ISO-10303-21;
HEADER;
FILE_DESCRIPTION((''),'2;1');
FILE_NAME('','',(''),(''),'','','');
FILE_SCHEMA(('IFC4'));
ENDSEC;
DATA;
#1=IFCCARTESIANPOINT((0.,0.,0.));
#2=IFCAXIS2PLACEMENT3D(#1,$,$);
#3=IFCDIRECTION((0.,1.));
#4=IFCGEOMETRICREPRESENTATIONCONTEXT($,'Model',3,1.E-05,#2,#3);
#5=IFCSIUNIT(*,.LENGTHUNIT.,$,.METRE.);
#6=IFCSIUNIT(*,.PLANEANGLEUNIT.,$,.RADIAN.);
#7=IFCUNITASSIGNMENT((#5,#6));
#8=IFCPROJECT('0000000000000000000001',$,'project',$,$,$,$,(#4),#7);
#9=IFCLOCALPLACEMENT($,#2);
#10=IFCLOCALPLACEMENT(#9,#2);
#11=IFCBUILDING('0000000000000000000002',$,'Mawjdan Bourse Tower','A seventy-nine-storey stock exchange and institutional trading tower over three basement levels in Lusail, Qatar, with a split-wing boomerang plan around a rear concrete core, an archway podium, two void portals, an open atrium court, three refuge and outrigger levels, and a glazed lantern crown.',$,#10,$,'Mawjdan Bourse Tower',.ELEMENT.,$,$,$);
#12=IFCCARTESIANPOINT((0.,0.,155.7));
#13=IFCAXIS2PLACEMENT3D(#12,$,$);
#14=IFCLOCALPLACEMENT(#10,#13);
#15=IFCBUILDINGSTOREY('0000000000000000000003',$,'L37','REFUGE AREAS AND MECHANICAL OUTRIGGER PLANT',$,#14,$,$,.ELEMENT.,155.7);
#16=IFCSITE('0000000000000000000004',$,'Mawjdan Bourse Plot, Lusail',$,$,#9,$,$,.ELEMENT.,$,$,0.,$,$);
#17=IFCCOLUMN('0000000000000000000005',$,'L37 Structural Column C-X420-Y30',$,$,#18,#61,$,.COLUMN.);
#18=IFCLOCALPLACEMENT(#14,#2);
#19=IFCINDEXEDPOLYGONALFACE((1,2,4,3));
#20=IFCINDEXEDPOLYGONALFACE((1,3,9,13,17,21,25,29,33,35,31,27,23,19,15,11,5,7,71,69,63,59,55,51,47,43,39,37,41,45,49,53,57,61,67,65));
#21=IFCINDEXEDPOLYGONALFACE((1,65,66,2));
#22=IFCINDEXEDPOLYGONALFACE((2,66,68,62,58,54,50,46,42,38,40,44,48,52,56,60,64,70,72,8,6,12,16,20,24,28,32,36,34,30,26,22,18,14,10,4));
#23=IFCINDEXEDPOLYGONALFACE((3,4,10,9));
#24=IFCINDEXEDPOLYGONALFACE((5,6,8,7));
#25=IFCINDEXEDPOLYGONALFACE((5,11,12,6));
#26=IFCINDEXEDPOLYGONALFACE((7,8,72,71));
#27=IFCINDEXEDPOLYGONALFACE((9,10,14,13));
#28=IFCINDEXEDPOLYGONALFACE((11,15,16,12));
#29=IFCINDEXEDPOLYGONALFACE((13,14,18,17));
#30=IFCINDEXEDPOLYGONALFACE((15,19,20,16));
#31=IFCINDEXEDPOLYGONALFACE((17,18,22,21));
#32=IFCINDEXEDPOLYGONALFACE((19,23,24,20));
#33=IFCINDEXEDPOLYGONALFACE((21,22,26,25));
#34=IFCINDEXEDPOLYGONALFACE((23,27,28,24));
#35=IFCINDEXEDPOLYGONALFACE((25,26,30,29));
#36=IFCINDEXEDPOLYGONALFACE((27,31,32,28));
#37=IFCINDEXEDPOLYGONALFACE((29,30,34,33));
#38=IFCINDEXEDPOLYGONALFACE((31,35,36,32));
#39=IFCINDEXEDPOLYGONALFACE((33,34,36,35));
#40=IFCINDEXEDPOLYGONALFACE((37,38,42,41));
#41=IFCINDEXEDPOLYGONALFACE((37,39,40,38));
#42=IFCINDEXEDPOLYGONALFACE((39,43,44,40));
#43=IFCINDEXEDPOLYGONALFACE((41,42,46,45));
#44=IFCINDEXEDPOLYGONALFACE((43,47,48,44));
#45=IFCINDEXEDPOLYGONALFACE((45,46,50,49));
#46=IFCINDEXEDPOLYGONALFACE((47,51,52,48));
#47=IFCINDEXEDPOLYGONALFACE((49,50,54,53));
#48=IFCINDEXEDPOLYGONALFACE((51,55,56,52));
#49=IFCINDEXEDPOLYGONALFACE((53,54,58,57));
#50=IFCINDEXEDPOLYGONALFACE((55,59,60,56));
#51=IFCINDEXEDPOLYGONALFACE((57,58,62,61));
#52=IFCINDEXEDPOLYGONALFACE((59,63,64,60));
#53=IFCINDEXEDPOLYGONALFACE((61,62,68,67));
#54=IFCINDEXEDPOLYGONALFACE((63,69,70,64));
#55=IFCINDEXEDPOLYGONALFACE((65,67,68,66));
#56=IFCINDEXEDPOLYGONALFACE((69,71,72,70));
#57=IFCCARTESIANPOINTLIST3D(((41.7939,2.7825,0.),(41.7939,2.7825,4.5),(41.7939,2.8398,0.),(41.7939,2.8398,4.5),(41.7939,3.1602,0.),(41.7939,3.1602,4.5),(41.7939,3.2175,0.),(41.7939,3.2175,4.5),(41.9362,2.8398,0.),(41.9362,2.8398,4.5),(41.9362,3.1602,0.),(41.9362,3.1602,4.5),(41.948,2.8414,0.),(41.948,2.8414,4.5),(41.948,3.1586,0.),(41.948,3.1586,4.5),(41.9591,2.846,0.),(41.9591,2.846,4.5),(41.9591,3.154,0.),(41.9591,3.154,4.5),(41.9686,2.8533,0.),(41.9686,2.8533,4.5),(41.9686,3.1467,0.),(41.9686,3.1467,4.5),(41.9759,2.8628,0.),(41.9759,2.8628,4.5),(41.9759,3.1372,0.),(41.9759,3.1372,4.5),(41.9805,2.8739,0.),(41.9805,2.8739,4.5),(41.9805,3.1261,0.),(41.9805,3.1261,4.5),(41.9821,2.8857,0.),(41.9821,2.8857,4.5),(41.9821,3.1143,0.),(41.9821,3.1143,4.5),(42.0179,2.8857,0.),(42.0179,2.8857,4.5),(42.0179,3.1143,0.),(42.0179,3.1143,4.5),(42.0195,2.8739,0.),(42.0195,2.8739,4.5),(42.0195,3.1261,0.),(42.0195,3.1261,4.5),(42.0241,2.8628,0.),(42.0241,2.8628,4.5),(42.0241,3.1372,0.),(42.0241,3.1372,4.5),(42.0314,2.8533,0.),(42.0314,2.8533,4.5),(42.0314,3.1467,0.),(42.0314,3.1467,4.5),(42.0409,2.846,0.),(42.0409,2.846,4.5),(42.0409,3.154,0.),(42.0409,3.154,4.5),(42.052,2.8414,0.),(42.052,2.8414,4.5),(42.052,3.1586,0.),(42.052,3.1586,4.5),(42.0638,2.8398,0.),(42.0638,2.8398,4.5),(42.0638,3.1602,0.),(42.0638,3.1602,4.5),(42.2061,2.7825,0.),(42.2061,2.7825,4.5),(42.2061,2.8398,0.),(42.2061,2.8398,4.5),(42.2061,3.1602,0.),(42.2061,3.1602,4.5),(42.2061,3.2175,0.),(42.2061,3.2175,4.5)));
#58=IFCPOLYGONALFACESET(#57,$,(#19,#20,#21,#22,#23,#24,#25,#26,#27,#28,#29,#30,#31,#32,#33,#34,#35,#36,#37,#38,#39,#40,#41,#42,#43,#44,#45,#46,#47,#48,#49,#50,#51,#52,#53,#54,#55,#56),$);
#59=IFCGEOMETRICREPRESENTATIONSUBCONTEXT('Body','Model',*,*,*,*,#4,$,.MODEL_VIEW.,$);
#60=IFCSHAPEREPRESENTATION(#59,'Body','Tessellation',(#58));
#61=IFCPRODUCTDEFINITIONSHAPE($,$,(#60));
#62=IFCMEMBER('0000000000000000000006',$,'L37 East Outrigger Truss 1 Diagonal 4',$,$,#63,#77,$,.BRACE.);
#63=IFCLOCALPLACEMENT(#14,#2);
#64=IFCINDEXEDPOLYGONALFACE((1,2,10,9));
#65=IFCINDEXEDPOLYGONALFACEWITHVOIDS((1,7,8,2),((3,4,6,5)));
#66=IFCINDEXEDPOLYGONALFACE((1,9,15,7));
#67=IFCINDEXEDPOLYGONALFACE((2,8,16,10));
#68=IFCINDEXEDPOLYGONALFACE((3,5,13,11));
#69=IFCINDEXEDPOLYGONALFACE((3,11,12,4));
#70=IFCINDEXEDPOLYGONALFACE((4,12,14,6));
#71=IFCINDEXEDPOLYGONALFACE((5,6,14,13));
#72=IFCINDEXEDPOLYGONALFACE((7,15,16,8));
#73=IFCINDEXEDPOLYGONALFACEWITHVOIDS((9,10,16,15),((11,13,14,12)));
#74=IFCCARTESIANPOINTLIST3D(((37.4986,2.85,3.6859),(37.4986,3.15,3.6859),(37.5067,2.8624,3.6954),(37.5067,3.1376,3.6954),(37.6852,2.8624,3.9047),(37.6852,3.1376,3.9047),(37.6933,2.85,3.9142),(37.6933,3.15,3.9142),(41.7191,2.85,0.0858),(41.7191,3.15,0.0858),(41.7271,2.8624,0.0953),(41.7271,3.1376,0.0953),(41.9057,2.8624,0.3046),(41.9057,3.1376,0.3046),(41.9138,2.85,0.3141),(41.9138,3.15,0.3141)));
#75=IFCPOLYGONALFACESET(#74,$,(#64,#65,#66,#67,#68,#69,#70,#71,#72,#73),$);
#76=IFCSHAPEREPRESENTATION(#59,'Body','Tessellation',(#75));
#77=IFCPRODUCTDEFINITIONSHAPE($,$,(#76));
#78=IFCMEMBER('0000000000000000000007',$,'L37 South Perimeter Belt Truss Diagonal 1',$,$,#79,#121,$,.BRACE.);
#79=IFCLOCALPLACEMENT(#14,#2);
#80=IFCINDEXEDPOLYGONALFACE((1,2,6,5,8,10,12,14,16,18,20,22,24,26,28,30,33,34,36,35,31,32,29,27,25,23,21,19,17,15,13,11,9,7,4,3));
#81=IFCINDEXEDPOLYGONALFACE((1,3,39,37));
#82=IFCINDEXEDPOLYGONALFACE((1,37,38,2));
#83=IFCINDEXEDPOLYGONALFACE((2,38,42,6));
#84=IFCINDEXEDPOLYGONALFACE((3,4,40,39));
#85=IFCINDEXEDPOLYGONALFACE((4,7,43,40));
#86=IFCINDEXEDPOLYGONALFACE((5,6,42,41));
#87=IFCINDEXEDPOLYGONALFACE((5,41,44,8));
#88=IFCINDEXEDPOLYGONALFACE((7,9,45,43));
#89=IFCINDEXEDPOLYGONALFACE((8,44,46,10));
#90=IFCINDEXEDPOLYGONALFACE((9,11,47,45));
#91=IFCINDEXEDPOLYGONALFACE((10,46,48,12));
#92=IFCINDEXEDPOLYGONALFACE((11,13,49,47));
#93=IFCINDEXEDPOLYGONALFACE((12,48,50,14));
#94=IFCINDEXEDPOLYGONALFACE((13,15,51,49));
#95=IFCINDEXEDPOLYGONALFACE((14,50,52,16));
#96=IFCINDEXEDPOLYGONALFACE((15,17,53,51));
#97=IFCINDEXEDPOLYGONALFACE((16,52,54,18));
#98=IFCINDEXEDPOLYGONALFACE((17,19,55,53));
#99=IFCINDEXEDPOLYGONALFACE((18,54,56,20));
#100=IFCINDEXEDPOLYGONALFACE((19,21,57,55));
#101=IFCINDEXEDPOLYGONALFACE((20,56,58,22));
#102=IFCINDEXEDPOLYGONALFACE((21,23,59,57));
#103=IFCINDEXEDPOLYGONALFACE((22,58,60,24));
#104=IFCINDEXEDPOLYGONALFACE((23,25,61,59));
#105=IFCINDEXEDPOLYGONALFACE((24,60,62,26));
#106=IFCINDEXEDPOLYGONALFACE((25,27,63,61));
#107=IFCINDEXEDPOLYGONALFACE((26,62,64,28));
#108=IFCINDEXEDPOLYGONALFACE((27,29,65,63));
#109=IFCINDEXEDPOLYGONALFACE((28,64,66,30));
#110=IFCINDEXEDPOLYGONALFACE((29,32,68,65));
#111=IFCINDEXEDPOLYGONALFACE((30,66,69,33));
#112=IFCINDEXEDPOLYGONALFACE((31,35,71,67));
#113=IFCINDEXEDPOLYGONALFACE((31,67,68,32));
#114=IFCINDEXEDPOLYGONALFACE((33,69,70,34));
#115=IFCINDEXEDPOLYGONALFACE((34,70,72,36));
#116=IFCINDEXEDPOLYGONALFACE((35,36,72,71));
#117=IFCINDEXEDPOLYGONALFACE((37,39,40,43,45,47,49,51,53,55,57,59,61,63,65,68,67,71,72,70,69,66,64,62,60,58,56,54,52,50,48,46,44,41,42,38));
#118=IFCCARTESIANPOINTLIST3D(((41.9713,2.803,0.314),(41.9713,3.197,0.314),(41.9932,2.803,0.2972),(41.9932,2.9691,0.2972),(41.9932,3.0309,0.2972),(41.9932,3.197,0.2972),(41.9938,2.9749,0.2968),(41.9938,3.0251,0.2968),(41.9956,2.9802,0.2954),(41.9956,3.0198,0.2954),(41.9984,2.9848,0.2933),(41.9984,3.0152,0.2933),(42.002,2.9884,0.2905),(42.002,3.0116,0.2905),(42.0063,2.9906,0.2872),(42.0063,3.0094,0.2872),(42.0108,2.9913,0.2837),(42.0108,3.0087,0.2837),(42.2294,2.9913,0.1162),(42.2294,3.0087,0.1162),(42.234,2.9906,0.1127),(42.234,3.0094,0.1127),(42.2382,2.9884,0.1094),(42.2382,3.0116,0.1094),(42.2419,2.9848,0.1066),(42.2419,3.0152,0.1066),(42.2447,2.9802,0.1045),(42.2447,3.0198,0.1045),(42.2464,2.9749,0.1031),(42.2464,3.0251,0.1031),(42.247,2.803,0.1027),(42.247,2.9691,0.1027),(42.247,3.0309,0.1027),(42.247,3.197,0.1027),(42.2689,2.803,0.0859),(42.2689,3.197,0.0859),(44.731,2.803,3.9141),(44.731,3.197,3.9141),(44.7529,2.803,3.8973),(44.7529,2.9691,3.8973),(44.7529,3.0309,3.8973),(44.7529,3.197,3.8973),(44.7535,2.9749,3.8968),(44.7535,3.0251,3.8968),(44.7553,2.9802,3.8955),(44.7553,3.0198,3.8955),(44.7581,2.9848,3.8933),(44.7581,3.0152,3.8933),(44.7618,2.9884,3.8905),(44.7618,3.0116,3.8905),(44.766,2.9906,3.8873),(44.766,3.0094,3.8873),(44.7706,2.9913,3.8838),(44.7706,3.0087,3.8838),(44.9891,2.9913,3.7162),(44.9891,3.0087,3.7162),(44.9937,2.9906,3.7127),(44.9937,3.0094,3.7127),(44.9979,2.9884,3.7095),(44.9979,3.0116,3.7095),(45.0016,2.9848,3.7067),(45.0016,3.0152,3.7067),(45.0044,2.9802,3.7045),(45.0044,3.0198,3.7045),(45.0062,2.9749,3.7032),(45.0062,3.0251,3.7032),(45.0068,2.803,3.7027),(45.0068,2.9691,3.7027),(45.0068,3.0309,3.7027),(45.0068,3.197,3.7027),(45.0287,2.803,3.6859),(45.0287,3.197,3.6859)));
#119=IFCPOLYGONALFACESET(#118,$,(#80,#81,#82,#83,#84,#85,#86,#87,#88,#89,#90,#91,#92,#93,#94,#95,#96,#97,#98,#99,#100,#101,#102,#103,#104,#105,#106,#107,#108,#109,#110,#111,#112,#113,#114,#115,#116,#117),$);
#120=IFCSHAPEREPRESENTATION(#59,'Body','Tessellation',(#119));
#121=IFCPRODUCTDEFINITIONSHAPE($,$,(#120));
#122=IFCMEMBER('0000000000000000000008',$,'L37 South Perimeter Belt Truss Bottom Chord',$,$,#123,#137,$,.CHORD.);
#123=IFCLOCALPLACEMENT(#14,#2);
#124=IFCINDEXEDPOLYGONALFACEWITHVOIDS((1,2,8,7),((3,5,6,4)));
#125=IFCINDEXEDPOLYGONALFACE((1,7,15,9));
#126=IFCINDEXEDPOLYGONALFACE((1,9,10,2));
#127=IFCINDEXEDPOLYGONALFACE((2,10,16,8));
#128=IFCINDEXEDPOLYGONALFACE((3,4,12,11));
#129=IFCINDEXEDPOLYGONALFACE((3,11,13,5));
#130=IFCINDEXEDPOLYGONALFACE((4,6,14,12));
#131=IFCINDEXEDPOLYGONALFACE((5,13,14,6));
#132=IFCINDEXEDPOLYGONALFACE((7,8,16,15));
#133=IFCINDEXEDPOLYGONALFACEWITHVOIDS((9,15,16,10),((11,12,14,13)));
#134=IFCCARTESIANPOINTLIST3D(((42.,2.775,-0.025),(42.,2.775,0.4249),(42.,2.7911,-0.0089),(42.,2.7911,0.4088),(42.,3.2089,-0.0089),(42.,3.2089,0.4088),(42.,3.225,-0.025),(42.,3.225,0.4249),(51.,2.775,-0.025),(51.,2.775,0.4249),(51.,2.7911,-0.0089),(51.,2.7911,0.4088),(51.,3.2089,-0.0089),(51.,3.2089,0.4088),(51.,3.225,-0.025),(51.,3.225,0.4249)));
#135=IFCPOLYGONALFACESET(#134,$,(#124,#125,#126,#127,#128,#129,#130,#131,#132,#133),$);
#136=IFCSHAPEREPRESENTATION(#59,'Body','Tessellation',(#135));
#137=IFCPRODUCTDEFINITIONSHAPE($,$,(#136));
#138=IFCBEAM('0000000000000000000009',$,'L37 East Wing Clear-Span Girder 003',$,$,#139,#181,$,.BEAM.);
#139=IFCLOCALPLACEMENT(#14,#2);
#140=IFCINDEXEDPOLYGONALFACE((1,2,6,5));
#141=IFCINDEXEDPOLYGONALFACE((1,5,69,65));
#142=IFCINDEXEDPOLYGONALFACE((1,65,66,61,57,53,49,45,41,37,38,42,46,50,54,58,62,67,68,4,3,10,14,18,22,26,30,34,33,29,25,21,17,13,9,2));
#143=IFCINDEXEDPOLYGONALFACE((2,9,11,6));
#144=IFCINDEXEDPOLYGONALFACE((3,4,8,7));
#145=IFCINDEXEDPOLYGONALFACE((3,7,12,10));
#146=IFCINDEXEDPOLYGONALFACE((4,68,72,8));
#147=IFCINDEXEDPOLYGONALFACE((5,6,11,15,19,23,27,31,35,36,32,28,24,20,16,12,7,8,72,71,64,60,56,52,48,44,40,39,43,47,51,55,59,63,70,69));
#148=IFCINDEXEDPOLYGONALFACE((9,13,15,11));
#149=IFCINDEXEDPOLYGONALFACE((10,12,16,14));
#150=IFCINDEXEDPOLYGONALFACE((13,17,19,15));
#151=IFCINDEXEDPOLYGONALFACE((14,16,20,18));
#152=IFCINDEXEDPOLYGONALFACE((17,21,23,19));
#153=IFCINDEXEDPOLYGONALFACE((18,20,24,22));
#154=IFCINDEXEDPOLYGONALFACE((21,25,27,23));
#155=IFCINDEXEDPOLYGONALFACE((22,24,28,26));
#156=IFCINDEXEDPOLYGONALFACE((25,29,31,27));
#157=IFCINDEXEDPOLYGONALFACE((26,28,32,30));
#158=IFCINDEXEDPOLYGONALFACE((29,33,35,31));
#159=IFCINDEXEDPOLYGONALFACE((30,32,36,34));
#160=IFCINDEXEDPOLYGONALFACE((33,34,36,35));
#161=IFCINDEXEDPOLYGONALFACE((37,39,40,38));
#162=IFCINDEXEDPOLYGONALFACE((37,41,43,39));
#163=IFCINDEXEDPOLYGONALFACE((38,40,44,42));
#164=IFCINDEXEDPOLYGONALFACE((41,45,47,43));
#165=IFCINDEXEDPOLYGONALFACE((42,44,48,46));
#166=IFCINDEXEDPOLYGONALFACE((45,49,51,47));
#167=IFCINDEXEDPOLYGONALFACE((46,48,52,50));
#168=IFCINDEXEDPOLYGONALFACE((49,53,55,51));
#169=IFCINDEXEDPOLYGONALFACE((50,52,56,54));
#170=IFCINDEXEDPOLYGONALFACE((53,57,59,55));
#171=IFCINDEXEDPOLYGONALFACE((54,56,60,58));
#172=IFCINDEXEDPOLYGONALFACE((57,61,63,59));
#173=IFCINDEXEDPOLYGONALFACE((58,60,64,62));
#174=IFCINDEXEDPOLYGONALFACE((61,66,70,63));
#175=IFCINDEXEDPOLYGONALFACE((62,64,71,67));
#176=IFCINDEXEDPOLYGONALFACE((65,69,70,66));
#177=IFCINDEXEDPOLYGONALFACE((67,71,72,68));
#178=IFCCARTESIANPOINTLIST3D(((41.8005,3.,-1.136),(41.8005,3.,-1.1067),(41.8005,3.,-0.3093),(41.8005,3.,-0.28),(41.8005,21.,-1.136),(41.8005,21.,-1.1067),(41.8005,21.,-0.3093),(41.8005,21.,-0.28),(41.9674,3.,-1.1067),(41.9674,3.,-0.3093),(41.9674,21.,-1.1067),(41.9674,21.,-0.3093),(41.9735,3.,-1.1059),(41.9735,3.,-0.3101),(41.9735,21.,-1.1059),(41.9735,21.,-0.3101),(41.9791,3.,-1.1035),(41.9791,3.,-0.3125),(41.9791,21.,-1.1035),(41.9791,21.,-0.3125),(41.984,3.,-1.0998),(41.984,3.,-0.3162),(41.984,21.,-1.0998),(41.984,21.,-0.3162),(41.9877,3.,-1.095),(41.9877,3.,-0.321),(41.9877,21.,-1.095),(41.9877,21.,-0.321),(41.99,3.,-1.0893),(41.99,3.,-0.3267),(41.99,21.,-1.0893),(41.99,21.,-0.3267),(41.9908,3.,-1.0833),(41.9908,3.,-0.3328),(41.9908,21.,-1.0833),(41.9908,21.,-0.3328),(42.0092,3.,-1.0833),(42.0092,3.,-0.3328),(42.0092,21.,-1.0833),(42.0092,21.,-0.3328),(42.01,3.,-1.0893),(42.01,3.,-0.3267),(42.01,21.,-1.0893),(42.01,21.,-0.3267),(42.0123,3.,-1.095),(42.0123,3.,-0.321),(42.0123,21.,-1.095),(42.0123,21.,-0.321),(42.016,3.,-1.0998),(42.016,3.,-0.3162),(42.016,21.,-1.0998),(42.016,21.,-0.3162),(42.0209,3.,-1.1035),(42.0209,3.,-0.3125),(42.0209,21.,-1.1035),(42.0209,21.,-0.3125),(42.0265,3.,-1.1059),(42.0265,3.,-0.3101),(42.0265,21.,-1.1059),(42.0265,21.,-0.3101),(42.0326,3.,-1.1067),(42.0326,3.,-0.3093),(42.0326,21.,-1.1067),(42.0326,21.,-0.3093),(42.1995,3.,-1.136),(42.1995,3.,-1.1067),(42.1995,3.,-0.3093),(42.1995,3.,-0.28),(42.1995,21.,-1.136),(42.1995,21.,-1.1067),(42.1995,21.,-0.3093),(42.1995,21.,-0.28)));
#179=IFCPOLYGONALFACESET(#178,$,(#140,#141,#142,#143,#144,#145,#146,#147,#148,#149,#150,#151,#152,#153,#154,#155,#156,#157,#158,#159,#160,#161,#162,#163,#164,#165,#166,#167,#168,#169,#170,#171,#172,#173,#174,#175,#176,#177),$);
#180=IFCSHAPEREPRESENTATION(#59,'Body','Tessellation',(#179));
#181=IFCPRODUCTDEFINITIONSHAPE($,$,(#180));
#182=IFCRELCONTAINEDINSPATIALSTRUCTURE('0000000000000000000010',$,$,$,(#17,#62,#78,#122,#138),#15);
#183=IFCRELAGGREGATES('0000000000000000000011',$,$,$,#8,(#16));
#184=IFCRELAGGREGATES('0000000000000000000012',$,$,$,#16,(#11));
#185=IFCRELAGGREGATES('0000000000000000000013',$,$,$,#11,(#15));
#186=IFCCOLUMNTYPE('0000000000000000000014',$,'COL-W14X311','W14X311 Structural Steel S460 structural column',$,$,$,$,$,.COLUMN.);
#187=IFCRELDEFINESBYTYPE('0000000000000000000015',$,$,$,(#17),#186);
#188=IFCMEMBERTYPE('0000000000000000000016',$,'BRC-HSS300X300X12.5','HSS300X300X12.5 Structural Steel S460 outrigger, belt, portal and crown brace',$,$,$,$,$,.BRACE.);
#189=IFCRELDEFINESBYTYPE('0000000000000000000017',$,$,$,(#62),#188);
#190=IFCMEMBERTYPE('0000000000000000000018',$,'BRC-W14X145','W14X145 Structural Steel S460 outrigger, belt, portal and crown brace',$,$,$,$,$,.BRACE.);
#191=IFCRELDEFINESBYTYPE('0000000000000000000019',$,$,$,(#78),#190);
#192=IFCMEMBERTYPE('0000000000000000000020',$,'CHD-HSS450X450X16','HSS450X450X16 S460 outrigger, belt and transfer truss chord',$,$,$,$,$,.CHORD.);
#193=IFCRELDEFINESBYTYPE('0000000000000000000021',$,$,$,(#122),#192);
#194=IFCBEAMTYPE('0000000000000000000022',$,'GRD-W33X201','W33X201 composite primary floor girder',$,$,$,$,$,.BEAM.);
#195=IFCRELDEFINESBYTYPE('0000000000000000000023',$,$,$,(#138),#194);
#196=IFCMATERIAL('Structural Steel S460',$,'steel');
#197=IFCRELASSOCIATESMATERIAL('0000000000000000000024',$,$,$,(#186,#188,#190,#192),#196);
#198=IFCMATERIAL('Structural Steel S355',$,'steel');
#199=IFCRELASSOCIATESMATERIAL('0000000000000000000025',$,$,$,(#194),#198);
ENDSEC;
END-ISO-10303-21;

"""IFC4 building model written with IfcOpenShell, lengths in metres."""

from ifc_helpers import new_model, si_unit, direction, frame, origin, origin_2d, place, context, subcontext, project, spatial, hollow_rectangle, i_section, extrude, material, material_profile, profile_set, type_object, element, save


model = new_model("IFC4")

# Units and contexts
model_context = context("Model", 3, precision=1e-05, world=origin(), true_north=direction((0.0, 1.0)))
body_context = subcontext(model_context, "Body", "Model", "MODEL_VIEW")
ifc_project = project(units=[si_unit("LENGTHUNIT", "METRE"), si_unit("PLANEANGLEUNIT", "RADIAN")], contexts=[model_context])

# Site, building, storey
site_placement = place(None, origin())
site = spatial("IfcSite", under=ifc_project, at=site_placement, Name="Mawjdan Bourse Plot, Lusail", CompositionType="ELEMENT", RefElevation=0.0)
building_placement = place(site_placement, origin())
building = spatial("IfcBuilding", under=site, at=building_placement, Name="Mawjdan Bourse Tower", Description="A seventy-nine-storey stock exchange and institutional trading tower over three basement levels in Lusail, Qatar, with a split-wing boomerang plan around a rear concrete core, an archway podium, two void portals, an open atrium court, three refuge and outrigger levels, and a glazed lantern crown.", LongName="Mawjdan Bourse Tower", CompositionType="ELEMENT")
storey_placement = place(building_placement, frame((0.0, 0.0, 155.7)))
storey = spatial("IfcBuildingStorey", under=building, at=storey_placement, Name="L37", Description="REFUGE AREAS AND MECHANICAL OUTRIGGER PLANT", CompositionType="ELEMENT", Elevation=155.7)

# Column
ifc_material_1 = material(Name="Structural Steel S460", Category="steel")
ifc_material_profile_1 = material_profile(ifc_material_1, i_section(OverallWidth=0.4121, OverallDepth=0.4351, WebThickness=0.0359, FlangeThickness=0.0574, FilletRadius=0.0459, at=origin_2d()), Name="W14X311")
ifc_profile_set_1 = profile_set([ifc_material_profile_1], Name="Structural Steel S460")
column_type = type_object("IfcColumnType", Name="COL-W14X311", Description="W14X311 Structural Steel S460 structural column", PredefinedType="COLUMN", material=ifc_profile_set_1)
column_placement = place(storey_placement, frame((42.0, 3.0, 0.0), z_axis=(0.0, 0.0, 1.0), x_axis=(1.0, 0.0, 0.0)))
element("IfcColumn", 1, at=column_placement, inside=storey, type_object=column_type, Name="L37 Structural Column C-X420-Y30", PredefinedType="COLUMN", context=body_context, shape_type="SweptSolid", body=[
    extrude(i_section(OverallWidth=0.4121, OverallDepth=0.4351, WebThickness=0.0359, FlangeThickness=0.0574, FilletRadius=0.0459, at=origin_2d()), origin(), (0.0, 0.0, 1.0), 4.5),
])

# Members
ifc_material_profile_2 = material_profile(ifc_material_1, hollow_rectangle(XDim=0.3, YDim=0.3, WallThickness=0.0125, at=origin_2d()), Name="HSS300X300X12.5")
ifc_profile_set_2 = profile_set([ifc_material_profile_2], Name="Structural Steel S460")
member_type_1 = type_object("IfcMemberType", Name="BRC-HSS300X300X12.5", Description="HSS300X300X12.5 Structural Steel S460 outrigger, belt, portal and crown brace", PredefinedType="BRACE", material=ifc_profile_set_2)
member_1_placement = place(storey_placement, frame((37.5959, 3.0, 3.8), z_axis=(0.760808, 0.0, -0.648977), x_axis=(0.0, 1.0, 0.0)))
element("IfcMember", 2, at=member_1_placement, inside=storey, type_object=member_type_1, Name="L37 East Outrigger Truss 1 Diagonal 4", PredefinedType="BRACE", context=body_context, shape_type="SweptSolid", body=[
    extrude(hollow_rectangle(XDim=0.3, YDim=0.3, WallThickness=0.0125, at=origin_2d()), origin(), (0.0, 0.0, 1.0), 5.5474),
])
ifc_material_profile_3 = material_profile(ifc_material_1, i_section(OverallWidth=0.394, OverallDepth=0.375, WebThickness=0.0173, FlangeThickness=0.0276, FilletRadius=0.0222, at=origin_2d()), Name="W14X145")
ifc_profile_set_3 = profile_set([ifc_material_profile_3], Name="Structural Steel S460")
member_type_2 = type_object("IfcMemberType", Name="BRC-W14X145", Description="W14X145 Structural Steel S460 outrigger, belt, portal and crown brace", PredefinedType="BRACE", material=ifc_profile_set_3)
member_2_placement = place(storey_placement, frame((42.1201, 3.0, 0.2), z_axis=(0.608389, 0.0, 0.793639), x_axis=(0.0, 1.0, 0.0)))
element("IfcMember", 3, at=member_2_placement, inside=storey, type_object=member_type_2, Name="L37 South Perimeter Belt Truss Diagonal 1", PredefinedType="BRACE", context=body_context, shape_type="SweptSolid", body=[
    extrude(i_section(OverallWidth=0.394, OverallDepth=0.375, WebThickness=0.0173, FlangeThickness=0.0276, FilletRadius=0.0222, at=origin_2d()), origin(), (0.0, 0.0, 1.0), 4.5361),
])
ifc_material_profile_4 = material_profile(ifc_material_1, hollow_rectangle(XDim=0.45, YDim=0.45, WallThickness=0.0161, at=origin_2d()), Name="HSS450X450X16")
ifc_profile_set_4 = profile_set([ifc_material_profile_4], Name="Structural Steel S460")
member_type_3 = type_object("IfcMemberType", Name="CHD-HSS450X450X16", Description="HSS450X450X16 S460 outrigger, belt and transfer truss chord", PredefinedType="CHORD", material=ifc_profile_set_4)
member_3_placement = place(storey_placement, frame((42.0, 3.0, 0.2), z_axis=(1.0, 0.0, 0.0), x_axis=(0.0, 1.0, 0.0)))
element("IfcMember", 4, at=member_3_placement, inside=storey, type_object=member_type_3, Name="L37 South Perimeter Belt Truss Bottom Chord", PredefinedType="CHORD", context=body_context, shape_type="SweptSolid", body=[
    extrude(hollow_rectangle(XDim=0.45, YDim=0.45, WallThickness=0.0161, at=origin_2d()), origin(), (0.0, 0.0, 1.0), 9.0),
])

# Beam
ifc_material_2 = material(Name="Structural Steel S355", Category="steel")
ifc_material_profile_5 = material_profile(ifc_material_2, i_section(OverallWidth=0.3989, OverallDepth=0.856, WebThickness=0.0183, FlangeThickness=0.0293, FilletRadius=0.0234, at=origin_2d()), Name="W33X201")
ifc_profile_set_5 = profile_set([ifc_material_profile_5], Name="Structural Steel S355")
beam_type_1 = type_object("IfcBeamType", Name="GRD-W33X201", Description="W33X201 composite primary floor girder", PredefinedType="BEAM", material=ifc_profile_set_5)
beam_1_placement = place(storey_placement, frame((42.0, 3.0, -0.708), z_axis=(0.0, 1.0, 0.0), x_axis=(-1.0, 0.0, 0.0)))
element("IfcBeam", 5, at=beam_1_placement, inside=storey, type_object=beam_type_1, Name="L37 East Wing Clear-Span Girder 003", PredefinedType="BEAM", context=body_context, shape_type="SweptSolid", body=[
    extrude(i_section(OverallWidth=0.3989, OverallDepth=0.856, WebThickness=0.0183, FlangeThickness=0.0293, FilletRadius=0.0234, at=origin_2d()), origin(), (0.0, 0.0, 1.0), 18.0),
])

save(model, "model.ifc")
